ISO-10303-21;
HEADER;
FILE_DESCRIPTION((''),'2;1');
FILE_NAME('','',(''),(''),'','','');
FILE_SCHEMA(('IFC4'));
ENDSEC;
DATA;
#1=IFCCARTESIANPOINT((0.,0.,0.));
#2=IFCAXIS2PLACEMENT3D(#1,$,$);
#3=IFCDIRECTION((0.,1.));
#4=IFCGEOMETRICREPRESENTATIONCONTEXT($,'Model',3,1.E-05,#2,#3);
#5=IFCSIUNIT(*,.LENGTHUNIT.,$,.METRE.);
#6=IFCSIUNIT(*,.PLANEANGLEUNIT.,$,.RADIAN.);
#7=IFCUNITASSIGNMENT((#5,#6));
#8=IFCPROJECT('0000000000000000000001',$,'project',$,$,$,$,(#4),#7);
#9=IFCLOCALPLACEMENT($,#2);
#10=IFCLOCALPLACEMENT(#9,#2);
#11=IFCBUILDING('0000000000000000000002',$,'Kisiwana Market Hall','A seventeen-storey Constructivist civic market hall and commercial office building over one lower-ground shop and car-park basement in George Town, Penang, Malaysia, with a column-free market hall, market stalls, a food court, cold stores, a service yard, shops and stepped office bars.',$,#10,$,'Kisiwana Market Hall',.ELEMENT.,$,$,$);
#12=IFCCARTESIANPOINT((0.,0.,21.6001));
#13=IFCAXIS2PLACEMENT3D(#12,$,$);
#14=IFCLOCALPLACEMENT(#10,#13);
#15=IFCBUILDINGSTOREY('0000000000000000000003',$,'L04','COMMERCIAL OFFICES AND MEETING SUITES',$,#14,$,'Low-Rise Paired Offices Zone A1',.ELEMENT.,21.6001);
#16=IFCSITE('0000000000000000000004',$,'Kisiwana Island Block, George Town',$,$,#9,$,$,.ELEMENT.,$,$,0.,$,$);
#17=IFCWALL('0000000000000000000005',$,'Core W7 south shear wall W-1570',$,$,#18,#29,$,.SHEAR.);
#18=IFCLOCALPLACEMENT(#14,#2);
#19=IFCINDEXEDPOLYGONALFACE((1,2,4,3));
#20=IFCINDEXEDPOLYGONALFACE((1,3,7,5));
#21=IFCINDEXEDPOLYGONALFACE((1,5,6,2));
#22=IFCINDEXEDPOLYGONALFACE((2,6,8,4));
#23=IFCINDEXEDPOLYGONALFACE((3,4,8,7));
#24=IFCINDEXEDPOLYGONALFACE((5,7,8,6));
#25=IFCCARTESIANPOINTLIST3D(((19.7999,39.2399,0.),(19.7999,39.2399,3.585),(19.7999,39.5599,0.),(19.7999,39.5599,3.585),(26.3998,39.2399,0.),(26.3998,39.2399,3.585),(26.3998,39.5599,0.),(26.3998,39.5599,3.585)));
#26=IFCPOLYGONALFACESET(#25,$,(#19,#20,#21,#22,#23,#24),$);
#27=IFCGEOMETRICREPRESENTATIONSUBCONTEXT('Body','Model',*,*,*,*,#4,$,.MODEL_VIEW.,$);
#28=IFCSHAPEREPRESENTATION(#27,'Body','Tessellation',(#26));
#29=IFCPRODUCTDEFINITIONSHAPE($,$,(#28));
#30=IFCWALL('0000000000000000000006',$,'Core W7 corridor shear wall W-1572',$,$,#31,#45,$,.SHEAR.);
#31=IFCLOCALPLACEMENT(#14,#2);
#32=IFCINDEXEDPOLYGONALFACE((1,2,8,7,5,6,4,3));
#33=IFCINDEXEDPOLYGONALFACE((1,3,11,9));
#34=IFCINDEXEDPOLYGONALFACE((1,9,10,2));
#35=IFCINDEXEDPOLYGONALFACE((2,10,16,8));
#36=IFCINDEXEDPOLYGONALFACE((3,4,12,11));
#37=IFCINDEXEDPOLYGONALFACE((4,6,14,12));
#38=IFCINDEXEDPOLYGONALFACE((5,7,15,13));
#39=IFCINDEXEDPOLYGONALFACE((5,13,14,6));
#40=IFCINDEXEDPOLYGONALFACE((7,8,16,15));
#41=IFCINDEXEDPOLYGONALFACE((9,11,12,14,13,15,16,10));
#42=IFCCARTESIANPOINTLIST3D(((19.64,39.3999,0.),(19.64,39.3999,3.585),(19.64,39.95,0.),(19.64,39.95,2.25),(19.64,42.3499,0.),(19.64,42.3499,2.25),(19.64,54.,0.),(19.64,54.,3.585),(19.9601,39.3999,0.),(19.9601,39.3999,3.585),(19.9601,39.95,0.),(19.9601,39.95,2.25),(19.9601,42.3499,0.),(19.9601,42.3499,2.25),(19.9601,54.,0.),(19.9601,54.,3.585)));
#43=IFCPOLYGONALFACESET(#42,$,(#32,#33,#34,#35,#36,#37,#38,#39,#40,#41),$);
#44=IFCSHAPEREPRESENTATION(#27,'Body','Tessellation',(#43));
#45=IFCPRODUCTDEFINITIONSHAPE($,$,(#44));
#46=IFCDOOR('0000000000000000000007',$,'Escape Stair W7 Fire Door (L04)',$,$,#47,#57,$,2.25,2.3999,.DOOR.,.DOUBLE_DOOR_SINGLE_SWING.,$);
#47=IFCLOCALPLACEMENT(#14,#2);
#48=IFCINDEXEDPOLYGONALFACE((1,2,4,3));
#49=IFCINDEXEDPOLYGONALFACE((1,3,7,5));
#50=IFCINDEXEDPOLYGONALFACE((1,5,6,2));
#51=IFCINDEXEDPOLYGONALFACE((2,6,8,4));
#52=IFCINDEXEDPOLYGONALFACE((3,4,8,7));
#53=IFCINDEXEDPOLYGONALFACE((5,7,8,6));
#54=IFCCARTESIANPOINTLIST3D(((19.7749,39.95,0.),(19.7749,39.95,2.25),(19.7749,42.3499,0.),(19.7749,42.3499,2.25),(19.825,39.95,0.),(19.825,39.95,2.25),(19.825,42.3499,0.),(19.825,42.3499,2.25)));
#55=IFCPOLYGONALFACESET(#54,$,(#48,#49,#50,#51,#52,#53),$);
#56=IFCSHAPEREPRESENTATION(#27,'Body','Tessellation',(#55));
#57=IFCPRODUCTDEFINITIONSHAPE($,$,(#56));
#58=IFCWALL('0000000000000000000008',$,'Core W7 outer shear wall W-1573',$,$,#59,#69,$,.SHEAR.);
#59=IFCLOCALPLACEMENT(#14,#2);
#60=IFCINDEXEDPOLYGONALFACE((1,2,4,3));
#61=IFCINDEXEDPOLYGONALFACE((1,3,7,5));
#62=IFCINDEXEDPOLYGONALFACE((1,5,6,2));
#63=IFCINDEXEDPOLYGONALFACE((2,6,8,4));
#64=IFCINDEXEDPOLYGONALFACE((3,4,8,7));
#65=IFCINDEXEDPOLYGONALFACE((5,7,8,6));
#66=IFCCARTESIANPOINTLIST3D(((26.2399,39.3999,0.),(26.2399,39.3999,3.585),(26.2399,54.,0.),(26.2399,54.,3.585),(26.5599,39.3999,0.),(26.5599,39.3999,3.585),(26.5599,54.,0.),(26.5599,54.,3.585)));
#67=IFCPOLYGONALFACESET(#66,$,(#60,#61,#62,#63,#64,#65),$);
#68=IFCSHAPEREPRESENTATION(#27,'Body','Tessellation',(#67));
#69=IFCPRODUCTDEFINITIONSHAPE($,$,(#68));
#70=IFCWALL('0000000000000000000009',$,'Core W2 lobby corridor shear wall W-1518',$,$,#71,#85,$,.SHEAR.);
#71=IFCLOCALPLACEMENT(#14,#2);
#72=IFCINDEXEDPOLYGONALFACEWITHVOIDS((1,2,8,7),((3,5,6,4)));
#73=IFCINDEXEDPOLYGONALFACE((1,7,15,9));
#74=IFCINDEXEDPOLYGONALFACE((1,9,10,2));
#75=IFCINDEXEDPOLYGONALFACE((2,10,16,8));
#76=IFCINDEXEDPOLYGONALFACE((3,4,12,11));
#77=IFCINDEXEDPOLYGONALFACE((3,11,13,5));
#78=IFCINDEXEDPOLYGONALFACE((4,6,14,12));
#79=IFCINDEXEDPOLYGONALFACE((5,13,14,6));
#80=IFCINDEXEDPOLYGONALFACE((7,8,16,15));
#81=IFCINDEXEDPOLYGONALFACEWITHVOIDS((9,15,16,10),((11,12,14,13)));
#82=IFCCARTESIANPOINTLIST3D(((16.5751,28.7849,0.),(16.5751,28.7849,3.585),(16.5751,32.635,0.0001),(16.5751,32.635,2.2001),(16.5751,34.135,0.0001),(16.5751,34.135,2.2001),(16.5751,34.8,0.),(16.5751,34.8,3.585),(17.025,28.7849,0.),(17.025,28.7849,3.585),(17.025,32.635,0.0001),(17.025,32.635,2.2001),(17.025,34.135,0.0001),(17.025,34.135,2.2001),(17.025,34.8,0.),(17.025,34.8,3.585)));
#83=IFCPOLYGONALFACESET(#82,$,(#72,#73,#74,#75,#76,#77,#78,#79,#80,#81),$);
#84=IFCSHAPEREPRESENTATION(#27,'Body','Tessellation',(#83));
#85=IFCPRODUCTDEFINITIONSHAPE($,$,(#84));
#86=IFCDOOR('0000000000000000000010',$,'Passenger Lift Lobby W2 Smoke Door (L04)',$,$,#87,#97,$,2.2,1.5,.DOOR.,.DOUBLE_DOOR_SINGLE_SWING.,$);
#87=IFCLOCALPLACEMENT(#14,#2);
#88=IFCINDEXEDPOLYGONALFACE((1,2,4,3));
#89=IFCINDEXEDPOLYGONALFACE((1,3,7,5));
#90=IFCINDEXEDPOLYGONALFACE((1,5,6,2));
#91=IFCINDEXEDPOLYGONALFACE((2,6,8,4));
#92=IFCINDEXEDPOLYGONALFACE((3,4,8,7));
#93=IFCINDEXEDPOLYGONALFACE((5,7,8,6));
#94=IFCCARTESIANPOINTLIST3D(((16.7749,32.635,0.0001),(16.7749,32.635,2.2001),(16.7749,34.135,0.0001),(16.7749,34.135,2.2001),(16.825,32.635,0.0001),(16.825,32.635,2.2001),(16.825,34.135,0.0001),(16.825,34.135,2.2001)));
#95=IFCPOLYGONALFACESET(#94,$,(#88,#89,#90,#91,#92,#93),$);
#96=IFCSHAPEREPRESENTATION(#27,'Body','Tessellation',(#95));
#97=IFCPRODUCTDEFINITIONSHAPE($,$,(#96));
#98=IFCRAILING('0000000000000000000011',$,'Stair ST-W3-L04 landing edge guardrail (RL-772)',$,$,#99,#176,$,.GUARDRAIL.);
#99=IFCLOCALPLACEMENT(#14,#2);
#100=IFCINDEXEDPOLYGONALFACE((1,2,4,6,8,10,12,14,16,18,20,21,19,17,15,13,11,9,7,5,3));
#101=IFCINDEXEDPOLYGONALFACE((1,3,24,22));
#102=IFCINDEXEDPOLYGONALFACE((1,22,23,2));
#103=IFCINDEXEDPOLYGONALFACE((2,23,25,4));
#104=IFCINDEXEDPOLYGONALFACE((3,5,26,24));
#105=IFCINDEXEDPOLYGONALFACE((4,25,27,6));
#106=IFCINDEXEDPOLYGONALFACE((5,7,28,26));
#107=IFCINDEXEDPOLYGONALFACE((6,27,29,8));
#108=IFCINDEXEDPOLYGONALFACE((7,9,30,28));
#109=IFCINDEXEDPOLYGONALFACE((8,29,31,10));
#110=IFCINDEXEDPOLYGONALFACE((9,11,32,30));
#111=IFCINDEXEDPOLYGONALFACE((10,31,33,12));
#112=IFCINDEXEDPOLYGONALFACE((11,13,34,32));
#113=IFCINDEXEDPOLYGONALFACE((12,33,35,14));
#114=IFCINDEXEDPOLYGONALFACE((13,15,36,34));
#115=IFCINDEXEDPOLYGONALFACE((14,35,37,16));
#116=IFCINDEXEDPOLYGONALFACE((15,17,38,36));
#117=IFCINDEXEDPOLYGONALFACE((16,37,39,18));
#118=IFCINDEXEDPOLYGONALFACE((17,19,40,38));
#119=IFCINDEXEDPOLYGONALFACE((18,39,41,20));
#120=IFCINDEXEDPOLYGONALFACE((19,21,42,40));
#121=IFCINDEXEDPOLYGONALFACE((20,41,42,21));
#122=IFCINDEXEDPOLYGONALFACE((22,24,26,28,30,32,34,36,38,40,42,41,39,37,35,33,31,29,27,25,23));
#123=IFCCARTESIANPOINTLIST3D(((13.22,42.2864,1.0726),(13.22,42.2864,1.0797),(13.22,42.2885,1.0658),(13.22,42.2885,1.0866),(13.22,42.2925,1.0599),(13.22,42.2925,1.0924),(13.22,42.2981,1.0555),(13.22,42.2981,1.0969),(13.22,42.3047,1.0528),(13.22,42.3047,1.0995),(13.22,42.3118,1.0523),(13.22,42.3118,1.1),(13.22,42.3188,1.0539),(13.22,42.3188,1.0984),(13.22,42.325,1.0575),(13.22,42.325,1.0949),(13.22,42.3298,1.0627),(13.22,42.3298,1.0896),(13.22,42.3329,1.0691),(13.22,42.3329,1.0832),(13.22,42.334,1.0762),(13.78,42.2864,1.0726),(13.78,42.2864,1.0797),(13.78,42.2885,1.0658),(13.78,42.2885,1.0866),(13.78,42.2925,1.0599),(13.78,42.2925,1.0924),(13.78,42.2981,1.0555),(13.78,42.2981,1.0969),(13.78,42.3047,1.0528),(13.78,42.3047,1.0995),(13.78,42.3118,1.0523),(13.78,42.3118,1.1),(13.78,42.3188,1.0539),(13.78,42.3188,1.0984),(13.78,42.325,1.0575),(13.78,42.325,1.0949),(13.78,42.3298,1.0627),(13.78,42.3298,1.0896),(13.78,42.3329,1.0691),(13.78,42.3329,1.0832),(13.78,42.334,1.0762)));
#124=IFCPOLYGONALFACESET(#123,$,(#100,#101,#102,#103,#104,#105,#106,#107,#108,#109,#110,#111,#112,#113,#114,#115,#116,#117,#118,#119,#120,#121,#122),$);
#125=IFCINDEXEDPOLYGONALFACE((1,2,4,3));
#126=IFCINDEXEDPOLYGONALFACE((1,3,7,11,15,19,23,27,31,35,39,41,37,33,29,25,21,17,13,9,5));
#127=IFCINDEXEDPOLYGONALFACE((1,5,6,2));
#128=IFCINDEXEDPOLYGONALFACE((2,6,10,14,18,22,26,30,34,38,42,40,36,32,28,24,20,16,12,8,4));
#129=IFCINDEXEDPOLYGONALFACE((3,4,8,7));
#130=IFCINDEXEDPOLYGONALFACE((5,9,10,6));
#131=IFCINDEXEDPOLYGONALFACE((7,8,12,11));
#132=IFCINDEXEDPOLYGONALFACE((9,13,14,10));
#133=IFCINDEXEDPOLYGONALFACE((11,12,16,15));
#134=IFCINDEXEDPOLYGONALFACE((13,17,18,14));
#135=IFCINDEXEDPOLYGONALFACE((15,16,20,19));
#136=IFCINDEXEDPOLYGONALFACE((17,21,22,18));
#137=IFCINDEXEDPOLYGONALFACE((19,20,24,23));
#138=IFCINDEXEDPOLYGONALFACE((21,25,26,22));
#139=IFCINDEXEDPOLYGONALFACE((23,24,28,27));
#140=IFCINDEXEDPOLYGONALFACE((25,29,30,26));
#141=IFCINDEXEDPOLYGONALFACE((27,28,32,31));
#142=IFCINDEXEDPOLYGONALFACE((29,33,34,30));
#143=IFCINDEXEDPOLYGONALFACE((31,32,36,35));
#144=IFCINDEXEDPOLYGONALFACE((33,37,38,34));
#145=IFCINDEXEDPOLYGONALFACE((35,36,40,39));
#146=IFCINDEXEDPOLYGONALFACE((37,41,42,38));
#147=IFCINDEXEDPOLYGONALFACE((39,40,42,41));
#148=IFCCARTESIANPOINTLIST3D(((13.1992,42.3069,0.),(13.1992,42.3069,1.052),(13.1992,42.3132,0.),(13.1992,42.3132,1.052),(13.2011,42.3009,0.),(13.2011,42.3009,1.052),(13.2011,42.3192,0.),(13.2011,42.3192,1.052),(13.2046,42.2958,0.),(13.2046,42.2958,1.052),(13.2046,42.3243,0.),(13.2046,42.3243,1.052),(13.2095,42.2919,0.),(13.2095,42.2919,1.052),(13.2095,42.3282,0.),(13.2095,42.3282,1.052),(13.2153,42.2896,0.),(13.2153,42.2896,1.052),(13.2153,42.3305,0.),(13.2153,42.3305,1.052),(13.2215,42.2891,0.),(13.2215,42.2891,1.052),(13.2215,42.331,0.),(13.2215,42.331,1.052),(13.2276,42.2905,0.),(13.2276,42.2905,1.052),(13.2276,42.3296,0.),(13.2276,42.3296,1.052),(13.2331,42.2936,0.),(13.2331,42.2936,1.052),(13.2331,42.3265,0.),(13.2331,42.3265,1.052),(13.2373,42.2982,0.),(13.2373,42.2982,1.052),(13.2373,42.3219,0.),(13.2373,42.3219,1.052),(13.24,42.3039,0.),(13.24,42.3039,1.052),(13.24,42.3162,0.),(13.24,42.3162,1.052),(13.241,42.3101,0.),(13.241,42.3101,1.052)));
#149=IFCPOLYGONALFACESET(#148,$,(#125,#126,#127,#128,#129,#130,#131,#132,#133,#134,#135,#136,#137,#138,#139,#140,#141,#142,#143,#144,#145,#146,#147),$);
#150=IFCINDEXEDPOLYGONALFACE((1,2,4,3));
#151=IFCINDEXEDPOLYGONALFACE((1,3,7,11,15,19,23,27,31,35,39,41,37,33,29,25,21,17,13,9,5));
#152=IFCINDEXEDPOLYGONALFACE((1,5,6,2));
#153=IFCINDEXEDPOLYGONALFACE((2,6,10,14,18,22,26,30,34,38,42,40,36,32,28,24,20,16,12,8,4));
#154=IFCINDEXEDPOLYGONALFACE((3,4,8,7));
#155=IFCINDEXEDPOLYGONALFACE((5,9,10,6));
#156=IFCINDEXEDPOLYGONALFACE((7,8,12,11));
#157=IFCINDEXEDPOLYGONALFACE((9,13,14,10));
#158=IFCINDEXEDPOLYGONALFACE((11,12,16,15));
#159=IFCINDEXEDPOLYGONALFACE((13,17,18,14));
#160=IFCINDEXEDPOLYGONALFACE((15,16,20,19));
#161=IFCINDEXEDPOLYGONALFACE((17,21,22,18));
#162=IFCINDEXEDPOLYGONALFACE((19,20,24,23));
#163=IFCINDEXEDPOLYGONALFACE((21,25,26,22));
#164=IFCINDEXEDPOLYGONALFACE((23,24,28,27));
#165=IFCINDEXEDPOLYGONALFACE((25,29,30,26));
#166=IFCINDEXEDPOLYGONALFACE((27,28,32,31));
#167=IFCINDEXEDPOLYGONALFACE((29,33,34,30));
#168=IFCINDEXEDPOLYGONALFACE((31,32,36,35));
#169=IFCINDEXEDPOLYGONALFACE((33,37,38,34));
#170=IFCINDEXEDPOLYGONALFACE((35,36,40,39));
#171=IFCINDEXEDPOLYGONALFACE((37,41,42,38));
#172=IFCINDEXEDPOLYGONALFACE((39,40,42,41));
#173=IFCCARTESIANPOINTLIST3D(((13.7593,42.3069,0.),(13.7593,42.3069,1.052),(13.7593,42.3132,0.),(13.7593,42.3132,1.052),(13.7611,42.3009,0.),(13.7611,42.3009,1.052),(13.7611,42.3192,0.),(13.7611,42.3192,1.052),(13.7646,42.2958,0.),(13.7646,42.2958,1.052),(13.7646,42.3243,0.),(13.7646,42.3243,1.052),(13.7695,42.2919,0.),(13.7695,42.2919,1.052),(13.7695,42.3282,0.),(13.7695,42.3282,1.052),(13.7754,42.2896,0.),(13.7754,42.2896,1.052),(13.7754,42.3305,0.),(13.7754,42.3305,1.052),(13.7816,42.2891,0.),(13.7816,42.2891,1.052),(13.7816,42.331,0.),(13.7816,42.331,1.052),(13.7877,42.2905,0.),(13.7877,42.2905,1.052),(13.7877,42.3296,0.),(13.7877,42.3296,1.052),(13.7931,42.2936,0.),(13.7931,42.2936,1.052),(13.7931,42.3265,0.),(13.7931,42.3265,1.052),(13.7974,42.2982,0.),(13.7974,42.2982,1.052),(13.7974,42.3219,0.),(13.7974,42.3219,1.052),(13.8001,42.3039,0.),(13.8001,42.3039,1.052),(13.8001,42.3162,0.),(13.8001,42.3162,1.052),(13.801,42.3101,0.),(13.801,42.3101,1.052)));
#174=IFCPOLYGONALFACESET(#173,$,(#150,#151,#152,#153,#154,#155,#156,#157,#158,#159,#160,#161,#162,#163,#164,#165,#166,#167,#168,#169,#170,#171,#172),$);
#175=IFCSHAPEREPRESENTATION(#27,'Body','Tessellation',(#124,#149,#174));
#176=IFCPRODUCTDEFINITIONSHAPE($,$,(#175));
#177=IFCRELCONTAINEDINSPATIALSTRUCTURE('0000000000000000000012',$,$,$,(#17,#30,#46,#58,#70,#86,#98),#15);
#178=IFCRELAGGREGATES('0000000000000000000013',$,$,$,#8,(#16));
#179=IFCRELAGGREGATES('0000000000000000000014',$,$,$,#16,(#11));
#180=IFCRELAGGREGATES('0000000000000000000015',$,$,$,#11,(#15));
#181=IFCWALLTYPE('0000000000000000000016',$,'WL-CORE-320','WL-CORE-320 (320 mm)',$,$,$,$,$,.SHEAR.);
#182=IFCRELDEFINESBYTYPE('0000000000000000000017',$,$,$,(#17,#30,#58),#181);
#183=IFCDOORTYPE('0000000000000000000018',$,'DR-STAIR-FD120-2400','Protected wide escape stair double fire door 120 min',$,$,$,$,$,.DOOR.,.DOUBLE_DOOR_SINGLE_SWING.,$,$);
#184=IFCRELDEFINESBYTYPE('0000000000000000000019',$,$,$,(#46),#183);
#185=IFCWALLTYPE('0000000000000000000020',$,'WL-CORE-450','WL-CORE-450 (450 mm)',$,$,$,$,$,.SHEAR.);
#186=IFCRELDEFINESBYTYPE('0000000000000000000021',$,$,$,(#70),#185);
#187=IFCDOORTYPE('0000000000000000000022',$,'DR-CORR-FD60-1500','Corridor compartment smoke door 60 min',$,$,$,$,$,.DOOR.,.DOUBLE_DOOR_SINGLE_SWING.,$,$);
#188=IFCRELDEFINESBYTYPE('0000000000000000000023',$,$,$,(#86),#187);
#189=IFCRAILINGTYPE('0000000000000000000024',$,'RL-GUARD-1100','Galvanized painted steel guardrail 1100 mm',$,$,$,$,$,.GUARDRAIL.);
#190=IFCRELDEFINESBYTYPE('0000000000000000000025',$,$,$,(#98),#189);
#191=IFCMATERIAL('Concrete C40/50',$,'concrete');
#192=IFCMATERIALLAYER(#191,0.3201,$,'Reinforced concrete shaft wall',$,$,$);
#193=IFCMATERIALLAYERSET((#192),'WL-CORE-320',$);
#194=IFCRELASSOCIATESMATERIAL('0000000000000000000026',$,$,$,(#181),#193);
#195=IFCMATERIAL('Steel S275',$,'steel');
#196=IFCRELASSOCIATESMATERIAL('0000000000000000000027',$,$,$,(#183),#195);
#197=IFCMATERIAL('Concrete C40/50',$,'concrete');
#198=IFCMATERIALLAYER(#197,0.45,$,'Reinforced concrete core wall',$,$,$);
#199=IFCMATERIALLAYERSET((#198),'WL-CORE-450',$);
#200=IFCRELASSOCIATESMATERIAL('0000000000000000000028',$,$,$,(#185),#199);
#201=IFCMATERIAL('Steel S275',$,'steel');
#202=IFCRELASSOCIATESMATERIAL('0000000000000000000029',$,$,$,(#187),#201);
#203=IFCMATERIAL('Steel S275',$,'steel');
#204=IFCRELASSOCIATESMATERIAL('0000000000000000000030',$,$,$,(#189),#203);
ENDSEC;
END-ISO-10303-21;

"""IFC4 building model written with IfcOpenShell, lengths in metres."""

from ifc_helpers import new_model, si_unit, direction, frame, frame_2d, origin, origin_2d, place, context, subcontext, project, spatial, rectangle, circle, extrude, material, layer, layer_set, type_object, element, fill, save


model = new_model("IFC4")

# Units and contexts
model_context = context("Model", 3, precision=1e-05, world=origin(), true_north=direction((0.0, 1.0)))
body_context = subcontext(model_context, "Body", "Model", "MODEL_VIEW")
ifc_project = project(units=[si_unit("LENGTHUNIT", "METRE"), si_unit("PLANEANGLEUNIT", "RADIAN")], contexts=[model_context])

# Site, building, storey
site_placement = place(None, origin())
site = spatial("IfcSite", under=ifc_project, at=site_placement, Name="Kisiwana Island Block, George Town", CompositionType="ELEMENT", RefElevation=0.0)
building_placement = place(site_placement, origin())
building = spatial("IfcBuilding", under=site, at=building_placement, Name="Kisiwana Market Hall", Description="A seventeen-storey Constructivist civic market hall and commercial office building over one lower-ground shop and car-park basement in George Town, Penang, Malaysia, with a column-free market hall, market stalls, a food court, cold stores, a service yard, shops and stepped office bars.", LongName="Kisiwana Market Hall", CompositionType="ELEMENT")
storey_placement = place(building_placement, frame((0.0, 0.0, 21.6001)))
storey = spatial("IfcBuildingStorey", under=building, at=storey_placement, Name="L04", Description="COMMERCIAL OFFICES AND MEETING SUITES", LongName="Low-Rise Paired Offices Zone A1", CompositionType="ELEMENT", Elevation=21.6001)

# Shared definitions
ifc_material_1 = material(Name="Concrete C40/50", Category="concrete")
ifc_layer_1 = layer(ifc_material_1, 0.3201, Name="Reinforced concrete shaft wall")
ifc_layer_set_1 = layer_set([ifc_layer_1], Name="WL-CORE-320")
wall_type_1 = type_object("IfcWallType", Name="WL-CORE-320", Description="WL-CORE-320 (320 mm)", PredefinedType="SHEAR", material=ifc_layer_set_1)
ifc_material_2 = material(Name="Steel S275", Category="steel")
door_type_1 = type_object("IfcDoorType", Name="DR-STAIR-FD120-2400", Description="Protected wide escape stair double fire door 120 min", OperationType="DOUBLE_DOOR_SINGLE_SWING", PredefinedType="DOOR", material=ifc_material_2)

# Wall
wall_1_placement = place(storey_placement, frame((19.8, 39.3999, 0.0), z_axis=(0.0, 0.0, 1.0), x_axis=(1.0, 0.0, 0.0)))
element("IfcWall", 1, at=wall_1_placement, inside=storey, type_object=wall_type_1, Name="Core W7 south shear wall W-1570", PredefinedType="SHEAR", context=body_context, shape_type="SweptSolid", body=[
    extrude(rectangle(XDim=6.5999, YDim=0.3201, at=frame_2d((3.2998, 0.0))), origin(), (0.0, 0.0, 1.0), 3.585),
])

# Wall, opening, door
wall_2_placement = place(storey_placement, frame((19.8, 39.3999, 0.0), z_axis=(0.0, 0.0, 1.0), x_axis=(0.0, 1.0, 0.0)))
wall_2 = element("IfcWall", 2, at=wall_2_placement, inside=storey, type_object=wall_type_1, Name="Core W7 corridor shear wall W-1572", PredefinedType="SHEAR", context=body_context, shape_type="SweptSolid", body=[
    extrude(rectangle(XDim=14.6001, YDim=0.3201, at=frame_2d((7.3, 0.0))), origin(), (0.0, 0.0, 1.0), 3.585),
])
opening_1_placement = place(wall_2_placement, frame((0.55, 0.0, 0.0)))
opening_1 = element("IfcOpeningElement", 3, at=opening_1_placement, cuts=wall_2, PredefinedType="OPENING", context=body_context, shape_type="SweptSolid", body=[
    extrude(rectangle(XDim=2.3999, YDim=2.25, at=frame_2d((1.2, 1.125))), frame((0.0, 0.1719, 0.0), z_axis=(0.0, -1.0, 0.0), x_axis=(1.0, 0.0, 0.0)), (0.0, 0.0, 1.0), 0.344),
])
door_1_placement = place(opening_1_placement, frame((2.3999, 0.0, 0.0), z_axis=(0.0, 0.0, 1.0), x_axis=(-1.0, 0.0, 0.0)))
door_1 = element("IfcDoor", 4, at=door_1_placement, inside=storey, type_object=door_type_1, Name="Escape Stair W7 Fire Door (L04)", OperationType="DOUBLE_DOOR_SINGLE_SWING", OverallHeight=2.25, OverallWidth=2.3999, PredefinedType="DOOR", context=body_context, shape_type="SweptSolid", body=[
    extrude(rectangle(XDim=2.3999, YDim=2.25, at=frame_2d((1.2, 1.125))), frame((0.0, 0.0249, 0.0), z_axis=(0.0, -1.0, 0.0), x_axis=(1.0, 0.0, 0.0)), (0.0, 0.0, 1.0), 0.05),
])
fill(opening_1, door_1)

# Wall
wall_3_placement = place(storey_placement, frame((26.3999, 39.3999, 0.0), z_axis=(0.0, 0.0, 1.0), x_axis=(0.0, 1.0, 0.0)))
element("IfcWall", 5, at=wall_3_placement, inside=storey, type_object=wall_type_1, Name="Core W7 outer shear wall W-1573", PredefinedType="SHEAR", context=body_context, shape_type="SweptSolid", body=[
    extrude(rectangle(XDim=14.6001, YDim=0.3201, at=frame_2d((7.3, 0.0))), origin(), (0.0, 0.0, 1.0), 3.585),
])

# Wall, opening, door
ifc_material_3 = material(Name="Concrete C40/50", Category="concrete")
ifc_layer_2 = layer(ifc_material_3, 0.45, Name="Reinforced concrete core wall")
ifc_layer_set_2 = layer_set([ifc_layer_2], Name="WL-CORE-450")
wall_type_2 = type_object("IfcWallType", Name="WL-CORE-450", Description="WL-CORE-450 (450 mm)", PredefinedType="SHEAR", material=ifc_layer_set_2)
wall_4_placement = place(storey_placement, frame((16.8, 28.7849, 0.0), z_axis=(0.0, 0.0, 1.0), x_axis=(0.0, 1.0, 0.0)))
wall_4 = element("IfcWall", 6, at=wall_4_placement, inside=storey, type_object=wall_type_2, Name="Core W2 lobby corridor shear wall W-1518", PredefinedType="SHEAR", context=body_context, shape_type="SweptSolid", body=[
    extrude(rectangle(XDim=6.0151, YDim=0.45, at=frame_2d((3.0076, 0.0))), origin(), (0.0, 0.0, 1.0), 3.585),
])
opening_2_placement = place(wall_4_placement, frame((3.8501, 0.0, 0.0)))
opening_2 = element("IfcOpeningElement", 7, at=opening_2_placement, cuts=wall_4, PredefinedType="OPENING", context=body_context, shape_type="SweptSolid", body=[
    extrude(rectangle(XDim=1.5, YDim=2.2, at=frame_2d((0.75, 1.1001))), frame((0.0, 0.2368, 0.0), z_axis=(0.0, -1.0, 0.0), x_axis=(1.0, 0.0, 0.0)), (0.0, 0.0, 1.0), 0.4739),
])
ifc_material_4 = material(Name="Steel S275", Category="steel")
door_type_2 = type_object("IfcDoorType", Name="DR-CORR-FD60-1500", Description="Corridor compartment smoke door 60 min", OperationType="DOUBLE_DOOR_SINGLE_SWING", PredefinedType="DOOR", material=ifc_material_4)
door_2_placement = place(opening_2_placement, frame((1.5, 0.0, 0.0), z_axis=(0.0, 0.0, 1.0), x_axis=(-1.0, 0.0, 0.0)))
door_2 = element("IfcDoor", 8, at=door_2_placement, inside=storey, type_object=door_type_2, Name="Passenger Lift Lobby W2 Smoke Door (L04)", OperationType="DOUBLE_DOOR_SINGLE_SWING", OverallHeight=2.2, OverallWidth=1.5, PredefinedType="DOOR", context=body_context, shape_type="SweptSolid", body=[
    extrude(rectangle(XDim=1.5, YDim=2.2, at=frame_2d((0.75, 1.1001))), frame((0.0, 0.0249, 0.0), z_axis=(0.0, -1.0, 0.0), x_axis=(1.0, 0.0, 0.0)), (0.0, 0.0, 1.0), 0.05),
])
fill(opening_2, door_2)

# Railing
ifc_material_5 = material(Name="Steel S275", Category="steel")
railing_type_1 = type_object("IfcRailingType", Name="RL-GUARD-1100", Description="Galvanized painted steel guardrail 1100 mm", PredefinedType="GUARDRAIL", material=ifc_material_5)
railing_1_placement = place(storey_placement, frame((13.22, 42.3101, 0.0)))
element("IfcRailing", 9, at=railing_1_placement, inside=storey, type_object=railing_type_1, Name="Stair ST-W3-L04 landing edge guardrail (RL-772)", PredefinedType="GUARDRAIL", context=body_context, shape_type="SweptSolid", body=[
    extrude(circle(Radius=0.0239, at=origin_2d()), frame((0.0, 0.0, 1.0762), z_axis=(1.0, 0.0, 0.0), x_axis=(0.0, 1.0, 0.0)), (0.0, 0.0, 1.0), 0.5601),
    extrude(circle(Radius=0.021, at=origin_2d()), origin(), (0.0, 0.0, 1.0), 1.052),
    extrude(circle(Radius=0.021, at=origin_2d()), frame((0.5601, 0.0, 0.0)), (0.0, 0.0, 1.0), 1.052),
])

save(model, "model.ifc")
